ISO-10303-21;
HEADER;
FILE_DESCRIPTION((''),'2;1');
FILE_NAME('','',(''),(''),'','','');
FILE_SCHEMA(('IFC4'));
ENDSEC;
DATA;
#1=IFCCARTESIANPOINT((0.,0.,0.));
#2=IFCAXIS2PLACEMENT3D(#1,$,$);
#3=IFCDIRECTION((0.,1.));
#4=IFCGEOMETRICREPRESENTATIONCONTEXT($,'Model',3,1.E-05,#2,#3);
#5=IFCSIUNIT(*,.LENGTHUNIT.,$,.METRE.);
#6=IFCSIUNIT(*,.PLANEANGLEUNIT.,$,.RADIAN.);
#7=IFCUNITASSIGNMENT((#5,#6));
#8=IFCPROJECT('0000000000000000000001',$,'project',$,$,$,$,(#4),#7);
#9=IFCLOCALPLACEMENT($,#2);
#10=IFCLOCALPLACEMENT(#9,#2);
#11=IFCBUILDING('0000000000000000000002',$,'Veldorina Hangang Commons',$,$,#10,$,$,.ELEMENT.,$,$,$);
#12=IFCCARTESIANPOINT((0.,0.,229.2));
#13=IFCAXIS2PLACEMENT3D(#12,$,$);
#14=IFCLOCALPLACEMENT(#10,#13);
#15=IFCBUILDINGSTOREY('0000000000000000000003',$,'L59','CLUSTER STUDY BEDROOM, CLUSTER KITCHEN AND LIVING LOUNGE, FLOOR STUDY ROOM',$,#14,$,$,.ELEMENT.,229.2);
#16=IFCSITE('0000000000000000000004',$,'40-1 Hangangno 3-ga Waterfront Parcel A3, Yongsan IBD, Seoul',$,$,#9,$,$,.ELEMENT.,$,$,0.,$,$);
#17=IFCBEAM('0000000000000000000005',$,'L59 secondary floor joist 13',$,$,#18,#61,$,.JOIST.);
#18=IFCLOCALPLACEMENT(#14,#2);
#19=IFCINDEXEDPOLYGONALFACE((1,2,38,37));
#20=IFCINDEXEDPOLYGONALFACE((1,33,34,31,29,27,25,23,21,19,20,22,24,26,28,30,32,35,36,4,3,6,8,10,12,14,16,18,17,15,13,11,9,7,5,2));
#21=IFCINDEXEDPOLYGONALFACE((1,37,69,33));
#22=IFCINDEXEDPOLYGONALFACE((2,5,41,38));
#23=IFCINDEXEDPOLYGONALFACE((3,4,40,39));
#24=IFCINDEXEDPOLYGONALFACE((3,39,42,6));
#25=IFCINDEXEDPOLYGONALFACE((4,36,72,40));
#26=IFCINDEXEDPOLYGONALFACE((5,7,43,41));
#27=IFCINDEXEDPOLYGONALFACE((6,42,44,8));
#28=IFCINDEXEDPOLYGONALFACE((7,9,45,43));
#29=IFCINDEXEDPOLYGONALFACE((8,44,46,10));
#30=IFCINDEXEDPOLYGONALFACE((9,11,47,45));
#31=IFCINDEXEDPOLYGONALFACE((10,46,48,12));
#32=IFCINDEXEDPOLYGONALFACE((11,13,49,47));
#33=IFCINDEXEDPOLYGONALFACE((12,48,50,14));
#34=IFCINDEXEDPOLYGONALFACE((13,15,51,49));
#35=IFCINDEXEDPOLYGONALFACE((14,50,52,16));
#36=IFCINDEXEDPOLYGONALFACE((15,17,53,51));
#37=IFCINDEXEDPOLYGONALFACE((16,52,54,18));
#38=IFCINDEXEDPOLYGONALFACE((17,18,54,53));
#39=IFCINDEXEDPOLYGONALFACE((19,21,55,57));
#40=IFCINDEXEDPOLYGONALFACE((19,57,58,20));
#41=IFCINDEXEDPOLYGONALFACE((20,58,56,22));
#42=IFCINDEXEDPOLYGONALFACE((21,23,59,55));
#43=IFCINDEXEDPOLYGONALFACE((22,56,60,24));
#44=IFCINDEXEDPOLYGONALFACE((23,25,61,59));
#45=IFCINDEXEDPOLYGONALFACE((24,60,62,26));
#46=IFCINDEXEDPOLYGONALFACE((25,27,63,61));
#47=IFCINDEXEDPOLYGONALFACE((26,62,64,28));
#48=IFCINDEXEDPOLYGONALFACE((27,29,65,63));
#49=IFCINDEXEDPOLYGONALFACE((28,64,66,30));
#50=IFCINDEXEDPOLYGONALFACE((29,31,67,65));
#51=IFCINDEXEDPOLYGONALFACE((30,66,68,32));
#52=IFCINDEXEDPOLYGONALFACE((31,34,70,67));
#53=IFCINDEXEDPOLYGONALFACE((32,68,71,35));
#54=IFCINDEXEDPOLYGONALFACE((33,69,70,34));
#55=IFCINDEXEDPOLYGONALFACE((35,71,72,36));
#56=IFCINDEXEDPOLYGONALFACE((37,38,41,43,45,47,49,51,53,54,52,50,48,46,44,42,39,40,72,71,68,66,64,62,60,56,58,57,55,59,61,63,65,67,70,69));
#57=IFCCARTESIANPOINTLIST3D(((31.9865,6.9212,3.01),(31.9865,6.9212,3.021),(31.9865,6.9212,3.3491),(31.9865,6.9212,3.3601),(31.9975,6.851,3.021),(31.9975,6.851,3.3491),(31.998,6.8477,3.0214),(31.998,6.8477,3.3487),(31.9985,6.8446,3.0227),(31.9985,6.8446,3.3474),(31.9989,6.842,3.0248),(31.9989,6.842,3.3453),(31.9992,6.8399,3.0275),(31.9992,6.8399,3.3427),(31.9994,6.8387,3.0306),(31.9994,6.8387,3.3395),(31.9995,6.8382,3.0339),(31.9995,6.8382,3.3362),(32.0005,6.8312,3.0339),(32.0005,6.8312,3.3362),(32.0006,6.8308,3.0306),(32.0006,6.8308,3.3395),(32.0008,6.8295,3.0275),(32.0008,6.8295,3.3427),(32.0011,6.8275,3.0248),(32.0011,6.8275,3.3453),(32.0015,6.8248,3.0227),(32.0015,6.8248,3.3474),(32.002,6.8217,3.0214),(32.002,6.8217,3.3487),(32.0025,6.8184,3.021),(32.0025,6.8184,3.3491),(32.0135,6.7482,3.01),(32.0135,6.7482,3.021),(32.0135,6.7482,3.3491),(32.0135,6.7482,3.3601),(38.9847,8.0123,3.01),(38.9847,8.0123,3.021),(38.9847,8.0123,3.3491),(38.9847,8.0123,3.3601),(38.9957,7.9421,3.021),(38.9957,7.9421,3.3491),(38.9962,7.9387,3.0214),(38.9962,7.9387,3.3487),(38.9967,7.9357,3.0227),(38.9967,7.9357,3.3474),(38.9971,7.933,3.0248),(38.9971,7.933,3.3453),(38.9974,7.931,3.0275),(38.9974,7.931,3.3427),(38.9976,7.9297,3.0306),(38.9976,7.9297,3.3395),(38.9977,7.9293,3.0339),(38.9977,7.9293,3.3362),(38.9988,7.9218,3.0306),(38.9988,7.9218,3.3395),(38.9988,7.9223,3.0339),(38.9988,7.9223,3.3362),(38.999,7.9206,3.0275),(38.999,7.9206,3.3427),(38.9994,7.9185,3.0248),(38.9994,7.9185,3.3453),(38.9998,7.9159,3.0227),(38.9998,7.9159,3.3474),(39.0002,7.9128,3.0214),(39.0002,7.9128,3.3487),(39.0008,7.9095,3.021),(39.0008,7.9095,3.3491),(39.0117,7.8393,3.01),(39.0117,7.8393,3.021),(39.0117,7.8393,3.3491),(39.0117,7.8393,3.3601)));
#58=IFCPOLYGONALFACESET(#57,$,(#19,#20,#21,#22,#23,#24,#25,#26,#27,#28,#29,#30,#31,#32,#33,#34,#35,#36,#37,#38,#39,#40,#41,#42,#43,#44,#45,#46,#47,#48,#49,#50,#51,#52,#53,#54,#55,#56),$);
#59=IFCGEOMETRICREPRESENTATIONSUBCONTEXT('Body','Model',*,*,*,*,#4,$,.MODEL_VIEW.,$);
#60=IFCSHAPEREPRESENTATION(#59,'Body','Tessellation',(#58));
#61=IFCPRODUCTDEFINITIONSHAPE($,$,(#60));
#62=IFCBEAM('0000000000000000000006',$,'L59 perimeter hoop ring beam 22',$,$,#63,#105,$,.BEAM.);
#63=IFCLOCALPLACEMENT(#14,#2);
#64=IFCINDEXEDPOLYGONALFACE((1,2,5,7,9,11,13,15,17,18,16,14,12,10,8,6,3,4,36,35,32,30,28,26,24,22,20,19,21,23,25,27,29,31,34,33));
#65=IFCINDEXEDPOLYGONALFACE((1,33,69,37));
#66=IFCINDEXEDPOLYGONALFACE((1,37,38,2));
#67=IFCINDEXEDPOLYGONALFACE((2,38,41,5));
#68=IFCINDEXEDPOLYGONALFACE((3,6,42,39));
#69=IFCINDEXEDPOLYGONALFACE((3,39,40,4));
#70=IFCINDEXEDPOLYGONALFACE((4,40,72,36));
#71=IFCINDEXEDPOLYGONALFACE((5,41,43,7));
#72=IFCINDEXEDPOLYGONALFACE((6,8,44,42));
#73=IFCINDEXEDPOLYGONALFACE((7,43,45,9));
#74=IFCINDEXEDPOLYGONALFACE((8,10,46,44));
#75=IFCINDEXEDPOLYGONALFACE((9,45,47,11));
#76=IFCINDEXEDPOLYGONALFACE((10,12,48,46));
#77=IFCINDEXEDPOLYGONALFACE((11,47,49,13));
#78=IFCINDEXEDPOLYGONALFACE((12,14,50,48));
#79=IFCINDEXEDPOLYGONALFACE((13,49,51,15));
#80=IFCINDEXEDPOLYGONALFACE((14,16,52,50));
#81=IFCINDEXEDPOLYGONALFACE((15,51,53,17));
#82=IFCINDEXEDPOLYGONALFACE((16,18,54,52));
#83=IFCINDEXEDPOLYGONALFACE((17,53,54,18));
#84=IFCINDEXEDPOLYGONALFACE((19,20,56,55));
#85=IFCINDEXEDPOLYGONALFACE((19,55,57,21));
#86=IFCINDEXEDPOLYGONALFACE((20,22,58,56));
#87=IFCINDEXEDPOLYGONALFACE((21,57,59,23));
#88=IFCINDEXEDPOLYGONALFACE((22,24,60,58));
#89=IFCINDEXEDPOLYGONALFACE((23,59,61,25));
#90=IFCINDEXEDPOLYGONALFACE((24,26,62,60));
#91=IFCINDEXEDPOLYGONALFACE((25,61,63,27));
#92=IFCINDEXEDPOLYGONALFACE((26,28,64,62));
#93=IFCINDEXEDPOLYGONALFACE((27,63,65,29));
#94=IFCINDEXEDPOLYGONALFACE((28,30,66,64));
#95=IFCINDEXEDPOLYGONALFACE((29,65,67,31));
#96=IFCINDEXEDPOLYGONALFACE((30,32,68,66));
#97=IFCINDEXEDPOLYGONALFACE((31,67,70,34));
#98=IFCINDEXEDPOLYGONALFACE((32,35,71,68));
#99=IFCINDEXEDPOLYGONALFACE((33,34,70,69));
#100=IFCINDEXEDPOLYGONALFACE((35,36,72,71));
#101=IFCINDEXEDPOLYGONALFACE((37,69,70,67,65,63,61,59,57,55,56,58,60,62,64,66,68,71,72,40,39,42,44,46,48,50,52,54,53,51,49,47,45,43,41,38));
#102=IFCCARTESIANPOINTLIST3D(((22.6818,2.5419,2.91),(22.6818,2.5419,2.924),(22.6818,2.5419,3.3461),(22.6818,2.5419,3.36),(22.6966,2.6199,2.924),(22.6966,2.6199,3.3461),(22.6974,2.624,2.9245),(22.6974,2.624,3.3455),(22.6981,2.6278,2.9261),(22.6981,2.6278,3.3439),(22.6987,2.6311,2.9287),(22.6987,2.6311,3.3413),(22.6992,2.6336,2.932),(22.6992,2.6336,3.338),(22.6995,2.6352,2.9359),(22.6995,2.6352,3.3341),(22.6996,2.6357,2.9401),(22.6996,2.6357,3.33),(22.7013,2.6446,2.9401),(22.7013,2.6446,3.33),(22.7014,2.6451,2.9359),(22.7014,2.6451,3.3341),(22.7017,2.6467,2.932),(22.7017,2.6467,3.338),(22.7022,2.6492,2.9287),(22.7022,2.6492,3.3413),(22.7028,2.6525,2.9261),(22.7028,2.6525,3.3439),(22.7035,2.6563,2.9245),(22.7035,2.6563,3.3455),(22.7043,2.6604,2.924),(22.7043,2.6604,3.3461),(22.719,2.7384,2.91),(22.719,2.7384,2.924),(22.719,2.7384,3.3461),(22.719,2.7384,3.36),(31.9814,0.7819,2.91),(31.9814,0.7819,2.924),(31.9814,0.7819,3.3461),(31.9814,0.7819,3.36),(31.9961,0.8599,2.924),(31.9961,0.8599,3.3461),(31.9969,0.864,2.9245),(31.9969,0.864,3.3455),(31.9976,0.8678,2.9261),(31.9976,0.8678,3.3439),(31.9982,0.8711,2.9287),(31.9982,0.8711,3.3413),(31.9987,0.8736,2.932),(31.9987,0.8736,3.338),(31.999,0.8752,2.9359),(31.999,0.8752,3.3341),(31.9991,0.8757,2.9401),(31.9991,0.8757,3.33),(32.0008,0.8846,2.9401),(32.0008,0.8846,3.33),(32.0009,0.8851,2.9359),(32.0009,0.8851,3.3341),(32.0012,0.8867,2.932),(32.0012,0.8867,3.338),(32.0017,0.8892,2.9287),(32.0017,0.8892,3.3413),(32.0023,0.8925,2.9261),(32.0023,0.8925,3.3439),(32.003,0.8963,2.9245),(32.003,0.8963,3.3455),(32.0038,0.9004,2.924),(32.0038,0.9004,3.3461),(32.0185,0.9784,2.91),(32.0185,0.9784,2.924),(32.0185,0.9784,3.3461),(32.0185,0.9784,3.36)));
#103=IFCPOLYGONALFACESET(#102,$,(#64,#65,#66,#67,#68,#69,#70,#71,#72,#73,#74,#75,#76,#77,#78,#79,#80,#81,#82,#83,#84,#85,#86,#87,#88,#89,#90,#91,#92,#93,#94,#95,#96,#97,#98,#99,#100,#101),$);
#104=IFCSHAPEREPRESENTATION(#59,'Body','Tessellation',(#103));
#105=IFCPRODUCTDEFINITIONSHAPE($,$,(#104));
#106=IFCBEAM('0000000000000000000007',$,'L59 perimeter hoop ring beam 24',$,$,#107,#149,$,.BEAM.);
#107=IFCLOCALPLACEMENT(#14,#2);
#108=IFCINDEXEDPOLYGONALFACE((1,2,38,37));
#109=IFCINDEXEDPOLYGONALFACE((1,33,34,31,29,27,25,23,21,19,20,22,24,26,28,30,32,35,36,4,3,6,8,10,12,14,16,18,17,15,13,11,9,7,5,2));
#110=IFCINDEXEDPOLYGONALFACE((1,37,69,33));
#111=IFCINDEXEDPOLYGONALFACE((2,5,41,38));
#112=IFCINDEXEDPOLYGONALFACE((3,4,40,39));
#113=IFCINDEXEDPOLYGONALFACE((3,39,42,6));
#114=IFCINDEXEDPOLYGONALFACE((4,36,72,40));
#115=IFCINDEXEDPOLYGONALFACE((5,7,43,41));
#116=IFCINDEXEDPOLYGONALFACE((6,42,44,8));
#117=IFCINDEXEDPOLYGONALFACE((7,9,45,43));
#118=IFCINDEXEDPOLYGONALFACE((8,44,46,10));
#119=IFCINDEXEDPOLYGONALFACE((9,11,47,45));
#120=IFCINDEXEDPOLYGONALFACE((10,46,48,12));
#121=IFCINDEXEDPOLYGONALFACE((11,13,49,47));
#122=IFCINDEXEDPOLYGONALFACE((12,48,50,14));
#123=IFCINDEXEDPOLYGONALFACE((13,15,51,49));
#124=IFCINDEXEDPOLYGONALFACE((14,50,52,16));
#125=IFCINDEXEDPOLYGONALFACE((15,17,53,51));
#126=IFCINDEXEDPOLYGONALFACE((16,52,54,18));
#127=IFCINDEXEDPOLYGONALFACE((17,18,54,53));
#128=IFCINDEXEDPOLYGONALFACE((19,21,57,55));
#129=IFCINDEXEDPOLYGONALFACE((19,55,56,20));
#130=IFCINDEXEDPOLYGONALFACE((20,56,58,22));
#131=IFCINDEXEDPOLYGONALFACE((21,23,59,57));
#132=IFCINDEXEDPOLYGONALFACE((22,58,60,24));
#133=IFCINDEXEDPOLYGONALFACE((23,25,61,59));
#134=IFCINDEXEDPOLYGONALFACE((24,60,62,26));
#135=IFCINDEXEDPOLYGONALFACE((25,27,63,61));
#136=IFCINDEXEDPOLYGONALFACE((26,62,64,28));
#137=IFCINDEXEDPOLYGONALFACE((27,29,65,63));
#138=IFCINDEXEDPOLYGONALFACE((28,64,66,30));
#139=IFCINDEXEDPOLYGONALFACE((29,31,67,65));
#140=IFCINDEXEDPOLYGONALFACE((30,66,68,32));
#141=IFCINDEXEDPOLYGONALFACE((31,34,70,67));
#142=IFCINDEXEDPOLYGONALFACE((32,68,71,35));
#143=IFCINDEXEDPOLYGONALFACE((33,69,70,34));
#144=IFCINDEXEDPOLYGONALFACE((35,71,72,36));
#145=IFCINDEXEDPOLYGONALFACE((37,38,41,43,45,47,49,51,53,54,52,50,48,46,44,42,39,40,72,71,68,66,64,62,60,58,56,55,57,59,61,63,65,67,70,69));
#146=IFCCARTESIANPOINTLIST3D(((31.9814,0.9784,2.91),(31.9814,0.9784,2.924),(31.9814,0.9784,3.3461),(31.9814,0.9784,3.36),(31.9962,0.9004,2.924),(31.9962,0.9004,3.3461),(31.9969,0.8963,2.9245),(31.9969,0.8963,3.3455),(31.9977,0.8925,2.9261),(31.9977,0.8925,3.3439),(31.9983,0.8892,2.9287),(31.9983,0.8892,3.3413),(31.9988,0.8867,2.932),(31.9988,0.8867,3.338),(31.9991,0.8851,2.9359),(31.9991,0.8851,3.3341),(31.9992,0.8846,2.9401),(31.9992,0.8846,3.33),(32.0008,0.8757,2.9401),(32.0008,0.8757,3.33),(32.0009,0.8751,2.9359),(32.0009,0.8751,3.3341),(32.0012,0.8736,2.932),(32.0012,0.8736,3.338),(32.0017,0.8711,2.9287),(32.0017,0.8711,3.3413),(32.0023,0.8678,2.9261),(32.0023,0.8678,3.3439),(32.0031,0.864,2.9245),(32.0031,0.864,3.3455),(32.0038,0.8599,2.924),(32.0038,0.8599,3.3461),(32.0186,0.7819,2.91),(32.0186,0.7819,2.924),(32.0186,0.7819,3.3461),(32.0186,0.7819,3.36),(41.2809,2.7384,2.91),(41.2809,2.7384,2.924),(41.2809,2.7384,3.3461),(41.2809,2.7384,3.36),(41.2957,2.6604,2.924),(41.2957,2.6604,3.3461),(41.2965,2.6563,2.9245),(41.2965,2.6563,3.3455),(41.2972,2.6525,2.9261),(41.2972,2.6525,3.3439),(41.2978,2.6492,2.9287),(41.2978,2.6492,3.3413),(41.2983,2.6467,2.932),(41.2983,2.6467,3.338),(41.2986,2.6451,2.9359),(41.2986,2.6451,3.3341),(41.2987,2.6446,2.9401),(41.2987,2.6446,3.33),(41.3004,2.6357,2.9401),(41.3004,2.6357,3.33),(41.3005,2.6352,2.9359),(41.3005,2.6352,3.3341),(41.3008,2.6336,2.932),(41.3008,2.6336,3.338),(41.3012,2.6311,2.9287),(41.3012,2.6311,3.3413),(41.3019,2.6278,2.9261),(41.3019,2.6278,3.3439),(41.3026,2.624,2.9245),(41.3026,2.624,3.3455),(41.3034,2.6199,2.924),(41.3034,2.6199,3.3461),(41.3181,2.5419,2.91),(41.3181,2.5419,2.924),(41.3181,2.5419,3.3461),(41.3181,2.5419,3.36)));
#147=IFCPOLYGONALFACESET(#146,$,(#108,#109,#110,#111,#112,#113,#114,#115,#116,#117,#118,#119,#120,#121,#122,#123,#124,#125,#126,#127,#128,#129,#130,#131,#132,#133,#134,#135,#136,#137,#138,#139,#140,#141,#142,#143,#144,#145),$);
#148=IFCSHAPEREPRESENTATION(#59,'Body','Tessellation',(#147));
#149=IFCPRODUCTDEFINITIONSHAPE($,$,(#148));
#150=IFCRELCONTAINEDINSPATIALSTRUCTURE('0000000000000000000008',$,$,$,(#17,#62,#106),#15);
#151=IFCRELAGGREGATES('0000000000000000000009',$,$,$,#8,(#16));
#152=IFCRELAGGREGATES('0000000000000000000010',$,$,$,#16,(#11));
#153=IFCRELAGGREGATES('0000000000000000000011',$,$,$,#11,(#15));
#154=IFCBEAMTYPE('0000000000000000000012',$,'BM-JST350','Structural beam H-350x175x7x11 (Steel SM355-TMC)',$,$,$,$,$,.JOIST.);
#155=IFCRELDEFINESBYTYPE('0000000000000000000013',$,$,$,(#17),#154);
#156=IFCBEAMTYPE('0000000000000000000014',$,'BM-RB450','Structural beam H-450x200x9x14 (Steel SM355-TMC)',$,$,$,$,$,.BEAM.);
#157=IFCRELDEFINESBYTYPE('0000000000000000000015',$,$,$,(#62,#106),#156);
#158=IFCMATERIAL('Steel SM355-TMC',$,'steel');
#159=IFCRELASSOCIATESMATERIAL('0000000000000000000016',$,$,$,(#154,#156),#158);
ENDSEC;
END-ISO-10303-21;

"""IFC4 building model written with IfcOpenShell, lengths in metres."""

from ifc_helpers import new_model, si_unit, direction, frame, origin, origin_2d, place, context, subcontext, project, spatial, i_section, extrude, material, material_profile, profile_set, type_object, element, save


model = new_model("IFC4")

# Units and contexts
model_context = context("Model", 3, precision=1e-05, world=origin(), true_north=direction((0.0, 1.0)))
body_context = subcontext(model_context, "Body", "Model", "MODEL_VIEW")
ifc_project = project(units=[si_unit("LENGTHUNIT", "METRE"), si_unit("PLANEANGLEUNIT", "RADIAN")], contexts=[model_context])

# Site, building, storey
site_placement = place(None, origin())
site = spatial("IfcSite", under=ifc_project, at=site_placement, Name="40-1 Hangangno 3-ga Waterfront Parcel A3, Yongsan IBD, Seoul", CompositionType="ELEMENT", RefElevation=0.0)
building_placement = place(site_placement, origin())
building = spatial("IfcBuilding", under=site, at=building_placement, Name="Veldorina Hangang Commons", CompositionType="ELEMENT")
storey_placement = place(building_placement, frame((0.0, 0.0, 229.2)))
storey = spatial("IfcBuildingStorey", under=building, at=storey_placement, Name="L59", Description="CLUSTER STUDY BEDROOM, CLUSTER KITCHEN AND LIVING LOUNGE, FLOOR STUDY ROOM", CompositionType="ELEMENT", Elevation=229.2)

# Beams
ifc_material_1 = material(Name="Steel SM355-TMC", Category="steel")
ifc_material_profile_1 = material_profile(ifc_material_1, i_section(OverallWidth=0.175, OverallDepth=0.3501, WebThickness=0.0071, FlangeThickness=0.011, FilletRadius=0.0129, at=origin_2d()), Name="H-350x175x7x11")
ifc_profile_set_1 = profile_set([ifc_material_profile_1], Name="Steel SM355-TMC")
beam_type_1 = type_object("IfcBeamType", Name="BM-JST350", Description="Structural beam H-350x175x7x11 (Steel SM355-TMC)", PredefinedType="JOIST", material=ifc_profile_set_1)
beam_placement = place(storey_placement, frame((32.0, 6.8347, 3.1851), z_axis=(0.988064, 0.154044, 0.0), x_axis=(-0.154044, 0.988064, 0.0)))
element("IfcBeam", 1, at=beam_placement, inside=storey, type_object=beam_type_1, Name="L59 secondary floor joist 13", PredefinedType="JOIST", context=body_context, shape_type="SweptSolid", body=[
    extrude(i_section(OverallWidth=0.175, OverallDepth=0.3501, WebThickness=0.0071, FlangeThickness=0.011, FilletRadius=0.0129, at=origin_2d()), origin(), (0.0, 0.0, 1.0), 7.0828),
])
ifc_material_profile_2 = material_profile(ifc_material_1, i_section(OverallWidth=0.2, OverallDepth=0.45, WebThickness=0.009, FlangeThickness=0.0139, FilletRadius=0.0161, at=origin_2d()), Name="H-450x200x9x14")
ifc_profile_set_2 = profile_set([ifc_material_profile_2], Name="Steel SM355-TMC")
beam_type_2 = type_object("IfcBeamType", Name="BM-RB450", Description="Structural beam H-450x200x9x14 (Steel SM355-TMC)", PredefinedType="BEAM", material=ifc_profile_set_2)
for number, where, z_axis, x_axis, name in (
    (2, (22.7004, 2.6401, 3.135), (0.982558, -0.185956, 0.0), (0.185956, 0.982558, 0.0), "L59 perimeter hoop ring beam 22"),
    (3, (32.0, 0.8801, 3.135), (0.982558, 0.185956, 0.0), (-0.185956, 0.982558, 0.0), "L59 perimeter hoop ring beam 24"),
):
    element("IfcBeam", number, at=place(storey_placement, frame(where, z_axis=z_axis, x_axis=x_axis)), inside=storey, type_object=beam_type_2, Name=name, PredefinedType="BEAM", context=body_context, shape_type="SweptSolid", body=[
        extrude(i_section(OverallWidth=0.2, OverallDepth=0.45, WebThickness=0.009, FlangeThickness=0.0139, FilletRadius=0.0161, at=origin_2d()), origin(), (0.0, 0.0, 1.0), 9.4646),
    ])

save(model, "model.ifc")
